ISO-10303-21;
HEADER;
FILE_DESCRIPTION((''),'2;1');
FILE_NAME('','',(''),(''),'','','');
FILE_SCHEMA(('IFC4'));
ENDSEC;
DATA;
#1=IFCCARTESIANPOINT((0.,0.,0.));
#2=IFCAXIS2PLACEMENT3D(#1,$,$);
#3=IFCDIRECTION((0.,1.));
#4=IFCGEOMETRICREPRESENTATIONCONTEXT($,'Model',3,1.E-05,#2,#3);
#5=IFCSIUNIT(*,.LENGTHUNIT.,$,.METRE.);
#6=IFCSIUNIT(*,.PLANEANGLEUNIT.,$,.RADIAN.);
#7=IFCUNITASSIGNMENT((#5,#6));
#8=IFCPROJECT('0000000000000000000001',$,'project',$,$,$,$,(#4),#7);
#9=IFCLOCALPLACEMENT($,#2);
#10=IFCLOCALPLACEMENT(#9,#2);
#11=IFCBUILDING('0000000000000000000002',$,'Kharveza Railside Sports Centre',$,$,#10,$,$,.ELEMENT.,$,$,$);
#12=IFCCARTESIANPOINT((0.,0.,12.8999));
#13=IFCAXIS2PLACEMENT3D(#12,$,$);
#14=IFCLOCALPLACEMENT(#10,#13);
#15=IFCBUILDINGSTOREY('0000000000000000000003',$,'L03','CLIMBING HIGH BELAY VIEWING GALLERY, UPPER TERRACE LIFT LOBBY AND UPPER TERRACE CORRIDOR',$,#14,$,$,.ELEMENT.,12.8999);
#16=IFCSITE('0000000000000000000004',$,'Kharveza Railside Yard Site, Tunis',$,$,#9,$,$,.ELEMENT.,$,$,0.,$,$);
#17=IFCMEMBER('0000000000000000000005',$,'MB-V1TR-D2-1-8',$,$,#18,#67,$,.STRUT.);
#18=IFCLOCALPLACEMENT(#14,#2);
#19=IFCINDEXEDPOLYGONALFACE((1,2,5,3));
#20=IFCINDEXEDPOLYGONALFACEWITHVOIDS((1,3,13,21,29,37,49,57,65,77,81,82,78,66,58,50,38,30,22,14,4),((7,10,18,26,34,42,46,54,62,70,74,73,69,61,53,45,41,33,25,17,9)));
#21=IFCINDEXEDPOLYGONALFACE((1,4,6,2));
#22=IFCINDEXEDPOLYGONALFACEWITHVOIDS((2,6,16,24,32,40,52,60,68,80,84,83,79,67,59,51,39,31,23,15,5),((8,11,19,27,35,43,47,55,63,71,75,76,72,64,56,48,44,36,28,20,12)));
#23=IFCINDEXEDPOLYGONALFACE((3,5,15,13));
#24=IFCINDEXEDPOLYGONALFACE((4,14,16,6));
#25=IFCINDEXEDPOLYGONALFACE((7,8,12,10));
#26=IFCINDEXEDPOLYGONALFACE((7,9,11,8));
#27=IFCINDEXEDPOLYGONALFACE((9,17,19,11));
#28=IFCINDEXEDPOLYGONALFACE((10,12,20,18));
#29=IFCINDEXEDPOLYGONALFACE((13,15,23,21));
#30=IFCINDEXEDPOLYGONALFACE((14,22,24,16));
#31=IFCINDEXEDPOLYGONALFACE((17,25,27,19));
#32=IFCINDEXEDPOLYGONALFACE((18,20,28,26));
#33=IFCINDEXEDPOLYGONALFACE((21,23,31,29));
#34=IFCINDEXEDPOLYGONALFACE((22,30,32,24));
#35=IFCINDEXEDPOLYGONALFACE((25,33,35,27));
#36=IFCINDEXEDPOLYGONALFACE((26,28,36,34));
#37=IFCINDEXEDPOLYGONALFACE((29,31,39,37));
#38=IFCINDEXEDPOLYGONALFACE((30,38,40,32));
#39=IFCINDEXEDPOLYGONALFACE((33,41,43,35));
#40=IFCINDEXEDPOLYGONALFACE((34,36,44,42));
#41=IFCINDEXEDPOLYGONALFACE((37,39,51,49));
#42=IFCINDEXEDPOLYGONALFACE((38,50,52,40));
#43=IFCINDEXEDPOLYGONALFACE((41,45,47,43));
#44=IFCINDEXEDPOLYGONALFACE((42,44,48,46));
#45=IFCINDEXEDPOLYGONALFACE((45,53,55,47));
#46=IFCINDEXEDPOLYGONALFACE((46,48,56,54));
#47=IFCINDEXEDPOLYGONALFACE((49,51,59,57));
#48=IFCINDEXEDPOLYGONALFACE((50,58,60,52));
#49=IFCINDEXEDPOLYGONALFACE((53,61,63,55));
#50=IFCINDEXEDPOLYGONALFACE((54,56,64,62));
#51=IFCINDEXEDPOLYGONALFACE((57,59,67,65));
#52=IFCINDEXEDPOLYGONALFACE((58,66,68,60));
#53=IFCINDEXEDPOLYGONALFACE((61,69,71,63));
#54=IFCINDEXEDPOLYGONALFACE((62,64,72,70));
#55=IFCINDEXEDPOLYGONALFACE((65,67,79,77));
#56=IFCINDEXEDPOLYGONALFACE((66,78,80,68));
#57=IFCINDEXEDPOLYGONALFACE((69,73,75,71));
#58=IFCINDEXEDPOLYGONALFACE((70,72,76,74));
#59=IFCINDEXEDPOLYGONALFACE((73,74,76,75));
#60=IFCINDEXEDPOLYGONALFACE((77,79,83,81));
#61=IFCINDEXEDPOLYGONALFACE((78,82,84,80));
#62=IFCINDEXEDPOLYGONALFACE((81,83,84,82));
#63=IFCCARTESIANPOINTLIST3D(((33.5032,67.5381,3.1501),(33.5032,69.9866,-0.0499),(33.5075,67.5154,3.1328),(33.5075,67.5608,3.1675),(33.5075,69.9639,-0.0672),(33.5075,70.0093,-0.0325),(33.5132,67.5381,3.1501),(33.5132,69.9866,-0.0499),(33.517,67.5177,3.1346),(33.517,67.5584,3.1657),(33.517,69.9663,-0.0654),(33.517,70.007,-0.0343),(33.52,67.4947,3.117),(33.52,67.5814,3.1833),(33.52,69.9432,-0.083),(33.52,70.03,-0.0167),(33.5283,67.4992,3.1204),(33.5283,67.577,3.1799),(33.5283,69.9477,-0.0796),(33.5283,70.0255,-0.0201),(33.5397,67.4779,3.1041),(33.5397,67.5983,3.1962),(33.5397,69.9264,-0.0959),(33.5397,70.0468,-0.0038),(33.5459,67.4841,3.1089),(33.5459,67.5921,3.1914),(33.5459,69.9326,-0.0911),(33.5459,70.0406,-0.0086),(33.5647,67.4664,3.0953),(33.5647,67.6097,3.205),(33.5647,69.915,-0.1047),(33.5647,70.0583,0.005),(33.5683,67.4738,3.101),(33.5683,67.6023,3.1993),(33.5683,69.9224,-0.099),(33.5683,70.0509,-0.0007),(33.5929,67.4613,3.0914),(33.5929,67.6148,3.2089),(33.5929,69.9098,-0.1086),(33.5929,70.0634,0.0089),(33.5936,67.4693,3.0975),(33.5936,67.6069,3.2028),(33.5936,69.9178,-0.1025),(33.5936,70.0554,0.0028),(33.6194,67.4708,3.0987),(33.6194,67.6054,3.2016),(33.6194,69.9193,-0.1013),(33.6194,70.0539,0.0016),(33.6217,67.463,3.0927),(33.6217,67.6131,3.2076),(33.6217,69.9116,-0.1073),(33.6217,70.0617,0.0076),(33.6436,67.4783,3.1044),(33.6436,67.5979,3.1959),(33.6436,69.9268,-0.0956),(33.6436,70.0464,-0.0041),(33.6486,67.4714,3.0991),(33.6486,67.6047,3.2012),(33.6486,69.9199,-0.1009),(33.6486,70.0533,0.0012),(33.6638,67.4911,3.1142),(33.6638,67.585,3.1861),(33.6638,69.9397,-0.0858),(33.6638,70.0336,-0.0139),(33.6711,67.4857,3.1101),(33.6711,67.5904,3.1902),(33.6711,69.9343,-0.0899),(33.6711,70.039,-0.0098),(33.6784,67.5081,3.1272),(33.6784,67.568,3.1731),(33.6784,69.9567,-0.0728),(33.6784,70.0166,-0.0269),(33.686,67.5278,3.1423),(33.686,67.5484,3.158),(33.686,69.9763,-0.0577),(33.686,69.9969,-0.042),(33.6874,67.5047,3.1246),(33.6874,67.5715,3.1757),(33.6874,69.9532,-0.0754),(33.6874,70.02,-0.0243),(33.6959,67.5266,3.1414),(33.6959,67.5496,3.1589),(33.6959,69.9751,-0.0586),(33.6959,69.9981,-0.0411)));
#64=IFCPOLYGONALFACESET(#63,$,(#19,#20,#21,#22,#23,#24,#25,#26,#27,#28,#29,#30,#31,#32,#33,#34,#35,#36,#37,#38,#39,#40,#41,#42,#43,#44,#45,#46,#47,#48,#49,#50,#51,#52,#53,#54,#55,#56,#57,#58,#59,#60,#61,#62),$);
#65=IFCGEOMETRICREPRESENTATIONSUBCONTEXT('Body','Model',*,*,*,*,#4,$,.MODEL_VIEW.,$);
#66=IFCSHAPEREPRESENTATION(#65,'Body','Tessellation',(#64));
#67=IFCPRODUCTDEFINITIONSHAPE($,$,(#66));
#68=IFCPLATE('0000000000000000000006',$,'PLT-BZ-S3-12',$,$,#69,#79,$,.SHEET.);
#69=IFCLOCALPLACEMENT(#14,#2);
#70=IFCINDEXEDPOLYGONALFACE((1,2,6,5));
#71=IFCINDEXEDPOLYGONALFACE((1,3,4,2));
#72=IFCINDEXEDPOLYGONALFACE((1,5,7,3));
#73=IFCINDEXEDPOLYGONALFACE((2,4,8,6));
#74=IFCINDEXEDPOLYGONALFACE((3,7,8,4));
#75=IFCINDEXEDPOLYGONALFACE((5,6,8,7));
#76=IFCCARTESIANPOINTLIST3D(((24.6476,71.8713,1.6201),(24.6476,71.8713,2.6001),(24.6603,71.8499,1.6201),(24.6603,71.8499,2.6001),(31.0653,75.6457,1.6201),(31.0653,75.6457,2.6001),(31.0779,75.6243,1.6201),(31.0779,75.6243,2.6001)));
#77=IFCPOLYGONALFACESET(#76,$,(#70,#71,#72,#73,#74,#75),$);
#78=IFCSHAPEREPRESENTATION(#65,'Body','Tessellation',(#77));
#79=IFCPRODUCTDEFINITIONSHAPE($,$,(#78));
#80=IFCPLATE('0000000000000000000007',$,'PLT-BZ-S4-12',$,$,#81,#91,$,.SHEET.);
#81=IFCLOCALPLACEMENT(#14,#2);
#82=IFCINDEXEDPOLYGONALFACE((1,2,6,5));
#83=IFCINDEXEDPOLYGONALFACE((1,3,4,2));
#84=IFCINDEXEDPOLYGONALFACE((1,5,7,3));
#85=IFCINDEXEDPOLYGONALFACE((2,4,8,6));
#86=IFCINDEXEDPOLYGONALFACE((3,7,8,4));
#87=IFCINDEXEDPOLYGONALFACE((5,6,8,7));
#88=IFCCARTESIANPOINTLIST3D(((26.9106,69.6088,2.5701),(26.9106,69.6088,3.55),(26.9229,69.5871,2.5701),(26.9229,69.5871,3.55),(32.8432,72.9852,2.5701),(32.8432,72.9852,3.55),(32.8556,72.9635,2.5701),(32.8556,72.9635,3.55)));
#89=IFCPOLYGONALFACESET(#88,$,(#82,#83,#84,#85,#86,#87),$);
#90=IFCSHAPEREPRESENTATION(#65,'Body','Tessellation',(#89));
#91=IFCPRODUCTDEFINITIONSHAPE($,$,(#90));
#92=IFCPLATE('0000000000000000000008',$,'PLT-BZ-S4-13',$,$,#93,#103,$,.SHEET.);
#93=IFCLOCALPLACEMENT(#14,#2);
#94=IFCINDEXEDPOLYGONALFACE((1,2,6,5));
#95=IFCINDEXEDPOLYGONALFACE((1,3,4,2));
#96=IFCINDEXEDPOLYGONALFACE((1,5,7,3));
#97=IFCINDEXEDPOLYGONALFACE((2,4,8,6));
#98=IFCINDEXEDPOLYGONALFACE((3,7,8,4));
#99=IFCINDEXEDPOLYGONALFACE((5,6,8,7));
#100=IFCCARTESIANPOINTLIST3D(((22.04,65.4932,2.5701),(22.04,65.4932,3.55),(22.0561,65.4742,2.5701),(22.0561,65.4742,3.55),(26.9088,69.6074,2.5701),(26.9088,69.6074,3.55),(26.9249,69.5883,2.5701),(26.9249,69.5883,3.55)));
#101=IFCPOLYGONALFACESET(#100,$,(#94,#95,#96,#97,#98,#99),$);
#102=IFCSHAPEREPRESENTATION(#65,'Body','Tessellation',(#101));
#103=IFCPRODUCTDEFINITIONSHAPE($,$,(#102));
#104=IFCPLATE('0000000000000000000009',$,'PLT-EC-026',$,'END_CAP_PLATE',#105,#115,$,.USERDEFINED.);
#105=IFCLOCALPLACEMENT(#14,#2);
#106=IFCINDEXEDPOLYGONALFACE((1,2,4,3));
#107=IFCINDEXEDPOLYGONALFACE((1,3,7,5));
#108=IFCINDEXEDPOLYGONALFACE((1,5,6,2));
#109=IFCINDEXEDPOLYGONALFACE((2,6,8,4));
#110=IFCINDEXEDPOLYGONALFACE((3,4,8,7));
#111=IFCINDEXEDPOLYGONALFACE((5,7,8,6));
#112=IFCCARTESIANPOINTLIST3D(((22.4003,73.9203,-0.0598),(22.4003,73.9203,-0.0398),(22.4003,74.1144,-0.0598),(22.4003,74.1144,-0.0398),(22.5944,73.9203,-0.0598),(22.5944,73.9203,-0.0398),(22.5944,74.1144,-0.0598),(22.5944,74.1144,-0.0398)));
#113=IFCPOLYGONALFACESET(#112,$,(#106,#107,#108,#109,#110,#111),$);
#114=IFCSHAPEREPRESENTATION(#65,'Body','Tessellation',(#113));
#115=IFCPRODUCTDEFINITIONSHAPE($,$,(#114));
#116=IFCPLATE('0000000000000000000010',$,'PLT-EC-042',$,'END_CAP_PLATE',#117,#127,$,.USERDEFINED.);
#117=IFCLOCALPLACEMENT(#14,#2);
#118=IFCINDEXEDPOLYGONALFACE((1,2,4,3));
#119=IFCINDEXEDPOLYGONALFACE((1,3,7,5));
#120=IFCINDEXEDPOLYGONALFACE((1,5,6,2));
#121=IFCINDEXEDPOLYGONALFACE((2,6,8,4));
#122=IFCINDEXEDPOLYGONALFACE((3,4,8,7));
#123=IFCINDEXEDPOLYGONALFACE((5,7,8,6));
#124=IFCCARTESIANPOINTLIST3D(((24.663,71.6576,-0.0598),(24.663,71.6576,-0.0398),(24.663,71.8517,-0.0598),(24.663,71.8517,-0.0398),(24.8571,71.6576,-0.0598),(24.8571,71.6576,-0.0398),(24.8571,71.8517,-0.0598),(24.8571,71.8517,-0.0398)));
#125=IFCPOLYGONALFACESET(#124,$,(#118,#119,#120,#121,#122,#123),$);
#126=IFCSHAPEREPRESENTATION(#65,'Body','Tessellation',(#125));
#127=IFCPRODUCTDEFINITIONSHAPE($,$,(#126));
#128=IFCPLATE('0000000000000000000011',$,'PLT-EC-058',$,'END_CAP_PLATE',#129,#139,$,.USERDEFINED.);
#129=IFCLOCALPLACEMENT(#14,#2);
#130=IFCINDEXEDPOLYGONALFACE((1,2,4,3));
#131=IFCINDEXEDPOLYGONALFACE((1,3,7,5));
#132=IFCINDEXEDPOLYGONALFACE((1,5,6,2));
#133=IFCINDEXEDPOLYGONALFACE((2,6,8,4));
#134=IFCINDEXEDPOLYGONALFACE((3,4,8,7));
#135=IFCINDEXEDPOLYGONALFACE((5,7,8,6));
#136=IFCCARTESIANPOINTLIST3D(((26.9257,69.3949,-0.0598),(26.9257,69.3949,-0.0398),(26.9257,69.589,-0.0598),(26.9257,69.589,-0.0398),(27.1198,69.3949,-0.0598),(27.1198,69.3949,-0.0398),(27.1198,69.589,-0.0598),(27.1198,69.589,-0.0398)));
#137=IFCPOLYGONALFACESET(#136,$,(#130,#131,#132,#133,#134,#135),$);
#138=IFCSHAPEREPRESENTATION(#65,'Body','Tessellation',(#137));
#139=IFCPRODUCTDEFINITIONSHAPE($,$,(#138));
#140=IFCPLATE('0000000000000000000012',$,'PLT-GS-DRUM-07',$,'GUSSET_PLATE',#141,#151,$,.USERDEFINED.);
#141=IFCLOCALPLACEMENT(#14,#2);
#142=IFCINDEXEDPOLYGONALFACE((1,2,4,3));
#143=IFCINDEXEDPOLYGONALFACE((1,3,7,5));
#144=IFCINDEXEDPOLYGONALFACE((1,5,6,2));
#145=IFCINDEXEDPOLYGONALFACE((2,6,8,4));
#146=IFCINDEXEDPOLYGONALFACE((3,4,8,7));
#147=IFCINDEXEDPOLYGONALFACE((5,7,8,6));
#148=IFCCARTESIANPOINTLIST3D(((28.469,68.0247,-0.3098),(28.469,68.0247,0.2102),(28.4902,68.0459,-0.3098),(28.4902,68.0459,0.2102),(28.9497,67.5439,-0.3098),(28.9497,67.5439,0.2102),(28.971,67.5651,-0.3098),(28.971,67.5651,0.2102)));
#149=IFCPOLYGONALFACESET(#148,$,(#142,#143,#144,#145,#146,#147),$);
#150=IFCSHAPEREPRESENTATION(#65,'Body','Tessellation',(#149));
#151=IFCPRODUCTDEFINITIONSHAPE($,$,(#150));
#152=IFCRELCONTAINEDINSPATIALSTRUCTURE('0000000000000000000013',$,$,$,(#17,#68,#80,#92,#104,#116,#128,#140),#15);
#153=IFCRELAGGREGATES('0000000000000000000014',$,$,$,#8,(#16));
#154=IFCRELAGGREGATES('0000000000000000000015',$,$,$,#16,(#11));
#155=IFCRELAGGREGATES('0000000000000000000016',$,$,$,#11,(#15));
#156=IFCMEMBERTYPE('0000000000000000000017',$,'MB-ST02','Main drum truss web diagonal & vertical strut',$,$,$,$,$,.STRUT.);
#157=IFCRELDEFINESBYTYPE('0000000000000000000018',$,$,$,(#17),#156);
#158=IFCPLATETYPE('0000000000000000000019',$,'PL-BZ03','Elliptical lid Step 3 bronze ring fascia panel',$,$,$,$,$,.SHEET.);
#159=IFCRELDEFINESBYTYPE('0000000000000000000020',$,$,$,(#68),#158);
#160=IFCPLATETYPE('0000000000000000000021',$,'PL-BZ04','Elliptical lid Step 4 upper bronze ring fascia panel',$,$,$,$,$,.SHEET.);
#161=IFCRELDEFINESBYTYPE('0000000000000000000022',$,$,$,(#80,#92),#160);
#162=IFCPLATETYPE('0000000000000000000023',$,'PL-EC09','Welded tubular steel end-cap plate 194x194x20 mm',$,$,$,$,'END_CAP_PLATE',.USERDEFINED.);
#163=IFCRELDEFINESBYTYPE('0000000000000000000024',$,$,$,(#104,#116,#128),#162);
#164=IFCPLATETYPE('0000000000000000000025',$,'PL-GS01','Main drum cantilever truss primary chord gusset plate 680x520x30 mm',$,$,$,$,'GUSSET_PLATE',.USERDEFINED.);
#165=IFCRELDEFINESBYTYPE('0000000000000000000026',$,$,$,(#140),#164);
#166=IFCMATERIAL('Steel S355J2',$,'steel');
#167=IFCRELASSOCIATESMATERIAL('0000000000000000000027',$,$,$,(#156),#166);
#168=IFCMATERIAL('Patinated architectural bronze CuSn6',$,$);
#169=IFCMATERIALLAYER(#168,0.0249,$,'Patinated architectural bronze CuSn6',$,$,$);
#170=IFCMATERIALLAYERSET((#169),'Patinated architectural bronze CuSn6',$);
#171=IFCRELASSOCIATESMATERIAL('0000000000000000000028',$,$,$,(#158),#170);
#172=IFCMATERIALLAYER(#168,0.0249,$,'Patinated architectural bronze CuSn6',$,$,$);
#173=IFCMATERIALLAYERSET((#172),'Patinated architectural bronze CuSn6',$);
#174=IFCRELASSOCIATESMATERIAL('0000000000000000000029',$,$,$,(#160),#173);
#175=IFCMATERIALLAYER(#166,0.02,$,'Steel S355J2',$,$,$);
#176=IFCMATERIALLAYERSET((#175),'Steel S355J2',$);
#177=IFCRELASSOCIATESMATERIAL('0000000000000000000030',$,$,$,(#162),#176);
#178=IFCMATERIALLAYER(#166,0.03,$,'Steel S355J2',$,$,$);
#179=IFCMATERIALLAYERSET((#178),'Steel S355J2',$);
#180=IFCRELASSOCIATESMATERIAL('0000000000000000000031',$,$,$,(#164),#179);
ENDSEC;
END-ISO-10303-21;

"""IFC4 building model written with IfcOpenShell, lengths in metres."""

from ifc_helpers import new_model, si_unit, direction, frame, origin, origin_2d, place, context, subcontext, project, spatial, rectangle, hollow_circle, extrude, material, layer, layer_set, material_profile, profile_set, type_object, element, save


model = new_model("IFC4")

# Units and contexts
model_context = context("Model", 3, precision=1e-05, world=origin(), true_north=direction((0.0, 1.0)))
body_context = subcontext(model_context, "Body", "Model", "MODEL_VIEW")
ifc_project = project(units=[si_unit("LENGTHUNIT", "METRE"), si_unit("PLANEANGLEUNIT", "RADIAN")], contexts=[model_context])

# Site, building, storey
site_placement = place(None, origin())
site = spatial("IfcSite", under=ifc_project, at=site_placement, Name="Kharveza Railside Yard Site, Tunis", CompositionType="ELEMENT", RefElevation=0.0)
building_placement = place(site_placement, origin())
building = spatial("IfcBuilding", under=site, at=building_placement, Name="Kharveza Railside Sports Centre", CompositionType="ELEMENT")
storey_placement = place(building_placement, frame((0.0, 0.0, 12.8999)))
storey = spatial("IfcBuildingStorey", under=building, at=storey_placement, Name="L03", Description="CLIMBING HIGH BELAY VIEWING GALLERY, UPPER TERRACE LIFT LOBBY AND UPPER TERRACE CORRIDOR", CompositionType="ELEMENT", Elevation=12.8999)

# Shared definitions
ifc_material_1 = material(Name="Steel S355J2", Category="steel")

# Member
ifc_material_profile_1 = material_profile(ifc_material_1, hollow_circle(Radius=0.0969, WallThickness=0.01, at=origin_2d()), Name="CHS 193.7x10.0")
ifc_profile_set_1 = profile_set([ifc_material_profile_1], Name="Steel S355J2")
member_type_1 = type_object("IfcMemberType", Name="MB-ST02", Description="Main drum truss web diagonal & vertical strut", PredefinedType="STRUT", material=ifc_profile_set_1)
member_1_placement = place(storey_placement, frame((33.6001, 67.5381, 3.1501), z_axis=(0.0, 0.607679, -0.794182), x_axis=(-1.0, 0.0, 0.0)))
element("IfcMember", 1, at=member_1_placement, inside=storey, type_object=member_type_1, Name="MB-V1TR-D2-1-8", PredefinedType="STRUT", context=body_context, shape_type="SweptSolid", body=[
    extrude(hollow_circle(Radius=0.0969, WallThickness=0.01, at=origin_2d()), origin(), (0.0, 0.0, 1.0), 4.0293),
])

# Plates
ifc_material_2 = material(Name="Patinated architectural bronze CuSn6")
ifc_layer_1 = layer(ifc_material_2, 0.0249, Name="Patinated architectural bronze CuSn6")
ifc_layer_set_1 = layer_set([ifc_layer_1], Name="Patinated architectural bronze CuSn6")
plate_type_1 = type_object("IfcPlateType", Name="PL-BZ03", Description="Elliptical lid Step 3 bronze ring fascia panel", PredefinedType="SHEET", material=ifc_layer_set_1)
plate_1_placement = place(storey_placement, frame((27.8628, 73.7478, 1.6201), z_axis=(0.0, 0.0, 1.0), x_axis=(-0.861974, -0.506952, 0.0)))
element("IfcPlate", 2, at=plate_1_placement, inside=storey, type_object=plate_type_1, Name="PLT-BZ-S3-12", PredefinedType="SHEET", context=body_context, shape_type="SweptSolid", body=[
    extrude(rectangle(XDim=7.4453, YDim=0.0249, at=origin_2d()), origin(), (0.0, 0.0, 1.0), 0.98),
])
ifc_layer_2 = layer(ifc_material_2, 0.0249, Name="Patinated architectural bronze CuSn6")
ifc_layer_set_2 = layer_set([ifc_layer_2], Name="Patinated architectural bronze CuSn6")
plate_type_2 = type_object("IfcPlateType", Name="PL-BZ04", Description="Elliptical lid Step 4 upper bronze ring fascia panel", PredefinedType="SHEET", material=ifc_layer_set_2)
plate_2_placement = place(storey_placement, frame((29.8831, 71.2861, 2.5701), z_axis=(0.0, 0.0, 1.0), x_axis=(-0.869107, -0.494625, 0.0)))
element("IfcPlate", 3, at=plate_2_placement, inside=storey, type_object=plate_type_2, Name="PLT-BZ-S4-12", PredefinedType="SHEET", context=body_context, shape_type="SweptSolid", body=[
    extrude(rectangle(XDim=6.8262, YDim=0.0249, at=origin_2d()), origin(), (0.0, 0.0, 1.0), 0.98),
])
plate_3_placement = place(storey_placement, frame((24.4824, 67.5408, 2.5701), z_axis=(0.0, 0.0, 1.0), x_axis=(-0.763819, -0.645431, 0.0)))
element("IfcPlate", 4, at=plate_3_placement, inside=storey, type_object=plate_type_2, Name="PLT-BZ-S4-13", PredefinedType="SHEET", context=body_context, shape_type="SweptSolid", body=[
    extrude(rectangle(XDim=6.3743, YDim=0.0249, at=origin_2d()), origin(), (0.0, 0.0, 1.0), 0.98),
])
ifc_layer_3 = layer(ifc_material_1, 0.02, Name="Steel S355J2")
ifc_layer_set_3 = layer_set([ifc_layer_3], Name="Steel S355J2")
plate_type_3 = type_object("IfcPlateType", Name="PL-EC09", Description="Welded tubular steel end-cap plate 194x194x20 mm", ElementType="END_CAP_PLATE", PredefinedType="USERDEFINED", material=ifc_layer_set_3)
for number, where, z_axis, x_axis, name in (
    (5, (22.4973, 74.0173, -0.0598), (0.0, 0.0, 1.0), (1.0, 0.0, 0.0), "PLT-EC-026"),
    (6, (24.76, 71.7546, -0.0598), (0.0, 0.0, 1.0), (1.0, 0.0, 0.0), "PLT-EC-042"),
    (7, (27.0227, 69.4919, -0.0598), (0.0, 0.0, 1.0), (1.0, 0.0, 0.0), "PLT-EC-058"),
):
    element("IfcPlate", number, at=place(storey_placement, frame(where, z_axis=z_axis, x_axis=x_axis)), inside=storey, type_object=plate_type_3, Name=name, ObjectType="END_CAP_PLATE", PredefinedType="USERDEFINED", context=body_context, shape_type="SweptSolid", body=[
        extrude(rectangle(XDim=0.1941, YDim=0.1941, at=origin_2d()), origin(), (0.0, 0.0, 1.0), 0.02),
    ])
ifc_layer_4 = layer(ifc_material_1, 0.03, Name="Steel S355J2")
ifc_layer_set_4 = layer_set([ifc_layer_4], Name="Steel S355J2")
plate_type_4 = type_object("IfcPlateType", Name="PL-GS01", Description="Main drum cantilever truss primary chord gusset plate 680x520x30 mm", ElementType="GUSSET_PLATE", PredefinedType="USERDEFINED", material=ifc_layer_set_4)
plate_4_placement = place(storey_placement, frame((28.72, 67.7949, -0.3098), z_axis=(0.0, 0.0, 1.0), x_axis=(-0.707107, 0.707107, 0.0)))
element("IfcPlate", 8, at=plate_4_placement, inside=storey, type_object=plate_type_4, Name="PLT-GS-DRUM-07", ObjectType="GUSSET_PLATE", PredefinedType="USERDEFINED", context=body_context, shape_type="SweptSolid", body=[
    extrude(rectangle(XDim=0.6799, YDim=0.03, at=origin_2d()), origin(), (0.0, 0.0, 1.0), 0.52),
])

save(model, "model.ifc")
